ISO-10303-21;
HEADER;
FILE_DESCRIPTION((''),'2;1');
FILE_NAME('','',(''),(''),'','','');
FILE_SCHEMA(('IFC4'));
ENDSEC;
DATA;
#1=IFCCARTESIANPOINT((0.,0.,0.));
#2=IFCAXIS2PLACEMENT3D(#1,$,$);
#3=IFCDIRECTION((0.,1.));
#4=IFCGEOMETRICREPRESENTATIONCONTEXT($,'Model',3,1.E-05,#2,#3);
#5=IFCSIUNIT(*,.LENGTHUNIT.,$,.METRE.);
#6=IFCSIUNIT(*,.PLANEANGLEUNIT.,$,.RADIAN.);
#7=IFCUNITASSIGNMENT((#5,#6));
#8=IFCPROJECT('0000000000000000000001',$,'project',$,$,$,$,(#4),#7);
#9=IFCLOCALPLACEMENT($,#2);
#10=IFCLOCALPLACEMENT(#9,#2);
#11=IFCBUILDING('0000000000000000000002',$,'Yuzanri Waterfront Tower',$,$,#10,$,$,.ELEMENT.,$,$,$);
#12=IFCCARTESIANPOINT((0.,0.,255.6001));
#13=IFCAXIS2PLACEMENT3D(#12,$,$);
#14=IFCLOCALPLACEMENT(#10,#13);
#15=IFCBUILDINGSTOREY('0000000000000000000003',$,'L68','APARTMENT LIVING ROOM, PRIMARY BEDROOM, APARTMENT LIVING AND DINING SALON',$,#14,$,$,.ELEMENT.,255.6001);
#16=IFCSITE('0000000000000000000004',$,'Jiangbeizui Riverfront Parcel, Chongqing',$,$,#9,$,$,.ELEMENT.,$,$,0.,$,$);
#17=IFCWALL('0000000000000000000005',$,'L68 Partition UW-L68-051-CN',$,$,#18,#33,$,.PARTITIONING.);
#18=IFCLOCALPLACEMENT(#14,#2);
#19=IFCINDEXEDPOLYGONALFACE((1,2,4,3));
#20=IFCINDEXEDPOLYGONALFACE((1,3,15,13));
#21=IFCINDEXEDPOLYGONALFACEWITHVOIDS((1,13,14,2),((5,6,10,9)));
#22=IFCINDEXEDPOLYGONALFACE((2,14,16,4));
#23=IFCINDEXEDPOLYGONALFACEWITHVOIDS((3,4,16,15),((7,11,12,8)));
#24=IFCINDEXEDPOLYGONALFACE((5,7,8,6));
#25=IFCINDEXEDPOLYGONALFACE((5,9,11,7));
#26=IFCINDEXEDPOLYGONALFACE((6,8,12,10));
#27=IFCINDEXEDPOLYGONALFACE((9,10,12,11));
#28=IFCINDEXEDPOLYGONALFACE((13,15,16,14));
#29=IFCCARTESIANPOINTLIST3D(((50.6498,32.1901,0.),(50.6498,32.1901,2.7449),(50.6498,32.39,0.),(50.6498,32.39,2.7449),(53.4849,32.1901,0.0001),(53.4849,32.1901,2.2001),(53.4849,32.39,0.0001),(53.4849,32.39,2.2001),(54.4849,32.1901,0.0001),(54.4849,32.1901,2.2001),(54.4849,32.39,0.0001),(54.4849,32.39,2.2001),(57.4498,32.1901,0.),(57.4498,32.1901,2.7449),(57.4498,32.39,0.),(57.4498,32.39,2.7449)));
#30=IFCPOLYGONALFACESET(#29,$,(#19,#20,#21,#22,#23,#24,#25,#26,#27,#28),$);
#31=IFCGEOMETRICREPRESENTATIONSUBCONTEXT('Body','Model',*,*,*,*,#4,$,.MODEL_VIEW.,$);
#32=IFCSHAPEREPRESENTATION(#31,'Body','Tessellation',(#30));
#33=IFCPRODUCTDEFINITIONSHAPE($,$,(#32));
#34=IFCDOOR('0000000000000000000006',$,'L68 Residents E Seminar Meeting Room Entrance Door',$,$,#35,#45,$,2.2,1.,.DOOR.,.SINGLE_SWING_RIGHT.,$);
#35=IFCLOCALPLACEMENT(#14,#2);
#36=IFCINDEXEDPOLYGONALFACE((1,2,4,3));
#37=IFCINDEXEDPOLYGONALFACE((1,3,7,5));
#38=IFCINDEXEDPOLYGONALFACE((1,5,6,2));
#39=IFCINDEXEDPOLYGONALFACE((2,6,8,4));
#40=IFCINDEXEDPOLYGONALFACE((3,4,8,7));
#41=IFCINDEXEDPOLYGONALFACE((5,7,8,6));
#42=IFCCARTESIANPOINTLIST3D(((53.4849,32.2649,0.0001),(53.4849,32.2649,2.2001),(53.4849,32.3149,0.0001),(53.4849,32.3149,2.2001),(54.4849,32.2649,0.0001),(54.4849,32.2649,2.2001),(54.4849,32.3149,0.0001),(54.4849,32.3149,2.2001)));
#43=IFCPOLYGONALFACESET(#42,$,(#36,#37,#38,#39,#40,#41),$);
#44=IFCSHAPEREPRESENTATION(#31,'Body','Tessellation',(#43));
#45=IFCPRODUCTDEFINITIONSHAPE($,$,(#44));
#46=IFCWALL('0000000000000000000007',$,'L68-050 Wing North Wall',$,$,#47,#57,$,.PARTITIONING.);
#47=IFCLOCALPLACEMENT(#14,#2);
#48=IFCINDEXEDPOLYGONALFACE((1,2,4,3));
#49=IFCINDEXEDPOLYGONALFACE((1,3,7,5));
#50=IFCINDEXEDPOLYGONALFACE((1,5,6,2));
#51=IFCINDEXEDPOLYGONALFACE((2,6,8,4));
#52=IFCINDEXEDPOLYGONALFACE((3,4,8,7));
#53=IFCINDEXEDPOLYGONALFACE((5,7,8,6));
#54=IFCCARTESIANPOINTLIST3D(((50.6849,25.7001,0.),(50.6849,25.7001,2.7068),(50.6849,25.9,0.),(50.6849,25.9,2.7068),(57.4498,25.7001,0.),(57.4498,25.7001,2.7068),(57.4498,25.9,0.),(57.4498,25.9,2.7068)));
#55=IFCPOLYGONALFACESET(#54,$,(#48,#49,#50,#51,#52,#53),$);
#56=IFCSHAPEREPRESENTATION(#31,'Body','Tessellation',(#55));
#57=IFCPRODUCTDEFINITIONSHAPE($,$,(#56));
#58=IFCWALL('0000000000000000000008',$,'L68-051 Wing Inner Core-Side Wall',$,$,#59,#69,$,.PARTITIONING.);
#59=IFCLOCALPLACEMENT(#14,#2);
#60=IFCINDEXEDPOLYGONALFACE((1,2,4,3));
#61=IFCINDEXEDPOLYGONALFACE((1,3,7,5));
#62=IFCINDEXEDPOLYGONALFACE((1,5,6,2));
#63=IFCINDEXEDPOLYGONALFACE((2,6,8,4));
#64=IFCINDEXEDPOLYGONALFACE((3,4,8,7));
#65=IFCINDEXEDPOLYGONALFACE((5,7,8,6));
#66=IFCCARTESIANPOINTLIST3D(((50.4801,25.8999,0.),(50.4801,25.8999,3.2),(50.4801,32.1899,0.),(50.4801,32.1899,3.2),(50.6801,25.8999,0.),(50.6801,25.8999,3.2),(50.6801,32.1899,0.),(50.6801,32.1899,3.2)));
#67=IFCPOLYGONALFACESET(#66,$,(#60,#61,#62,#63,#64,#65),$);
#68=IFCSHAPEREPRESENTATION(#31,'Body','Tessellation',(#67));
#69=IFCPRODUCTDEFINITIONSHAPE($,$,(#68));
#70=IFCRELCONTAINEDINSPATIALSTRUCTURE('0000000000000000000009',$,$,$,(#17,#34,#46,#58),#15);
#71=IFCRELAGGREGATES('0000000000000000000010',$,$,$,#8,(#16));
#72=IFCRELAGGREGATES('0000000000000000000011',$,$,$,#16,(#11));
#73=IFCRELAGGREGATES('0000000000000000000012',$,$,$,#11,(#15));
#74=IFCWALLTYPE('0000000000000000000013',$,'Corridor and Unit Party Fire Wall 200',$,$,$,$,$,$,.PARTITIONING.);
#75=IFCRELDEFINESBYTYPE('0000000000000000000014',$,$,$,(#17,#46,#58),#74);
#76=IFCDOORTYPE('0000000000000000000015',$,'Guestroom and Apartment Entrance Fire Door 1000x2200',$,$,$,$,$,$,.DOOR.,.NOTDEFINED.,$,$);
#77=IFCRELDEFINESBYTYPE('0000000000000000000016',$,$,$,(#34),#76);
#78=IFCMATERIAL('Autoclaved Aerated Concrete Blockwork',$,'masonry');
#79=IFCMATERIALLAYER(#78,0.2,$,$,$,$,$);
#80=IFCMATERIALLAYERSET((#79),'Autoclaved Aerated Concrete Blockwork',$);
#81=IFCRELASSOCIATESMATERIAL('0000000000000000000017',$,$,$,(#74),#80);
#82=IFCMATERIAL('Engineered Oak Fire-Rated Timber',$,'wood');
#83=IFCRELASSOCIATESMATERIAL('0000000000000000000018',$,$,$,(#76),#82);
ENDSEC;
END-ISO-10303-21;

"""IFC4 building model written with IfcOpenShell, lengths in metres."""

from ifc_helpers import new_model, si_unit, direction, frame, frame_2d, origin, place, context, subcontext, project, spatial, rectangle, extrude, source, transform, mapped, material, layer, layer_set, type_object, element, fill, save


model = new_model("IFC4")

# Units and contexts
model_context = context("Model", 3, precision=1e-05, world=origin(), true_north=direction((0.0, 1.0)))
body_context = subcontext(model_context, "Body", "Model", "MODEL_VIEW")
ifc_project = project(units=[si_unit("LENGTHUNIT", "METRE"), si_unit("PLANEANGLEUNIT", "RADIAN")], contexts=[model_context])

# Site, building, storey
site_placement = place(None, origin())
site = spatial("IfcSite", under=ifc_project, at=site_placement, Name="Jiangbeizui Riverfront Parcel, Chongqing", CompositionType="ELEMENT", RefElevation=0.0)
building_placement = place(site_placement, origin())
building = spatial("IfcBuilding", under=site, at=building_placement, Name="Yuzanri Waterfront Tower", CompositionType="ELEMENT")
storey_placement = place(building_placement, frame((0.0, 0.0, 255.6001)))
storey = spatial("IfcBuildingStorey", under=building, at=storey_placement, Name="L68", Description="APARTMENT LIVING ROOM, PRIMARY BEDROOM, APARTMENT LIVING AND DINING SALON", CompositionType="ELEMENT", Elevation=255.6001)

# Wall, opening, door
ifc_material_1 = material(Name="Autoclaved Aerated Concrete Blockwork", Category="masonry")
ifc_layer_1 = layer(ifc_material_1, 0.2)
ifc_layer_set_1 = layer_set([ifc_layer_1], Name="Autoclaved Aerated Concrete Blockwork")
wall_type = type_object("IfcWallType", Name="Corridor and Unit Party Fire Wall 200", PredefinedType="PARTITIONING", material=ifc_layer_set_1)
wall_1_placement = place(storey_placement, frame((50.6499, 32.29, 0.0), z_axis=(0.0, 0.0, 1.0), x_axis=(1.0, 0.0, 0.0)))
wall_1 = element("IfcWall", 1, at=wall_1_placement, inside=storey, type_object=wall_type, Name="L68 Partition UW-L68-051-CN", PredefinedType="PARTITIONING", context=body_context, shape_type="SweptSolid", body=[
    extrude(rectangle(XDim=6.8, YDim=0.2, at=frame_2d((3.3999, 0.0))), origin(), (0.0, 0.0, 1.0), 2.7449),
])
opening_placement = place(wall_1_placement, frame((2.835, 0.0, 0.0)))
opening = element("IfcOpeningElement", 2, at=opening_placement, cuts=wall_1, PredefinedType="OPENING", context=body_context, shape_type="SweptSolid", body=[
    extrude(rectangle(XDim=1.0, YDim=2.2, at=frame_2d((0.5, 1.1001))), frame((0.0, 0.1147, 0.0), z_axis=(0.0, -1.0, 0.0), x_axis=(1.0, 0.0, 0.0)), (0.0, 0.0, 1.0), 0.2297),
])
ifc_material_2 = material(Name="Engineered Oak Fire-Rated Timber", Category="wood")
door_type = type_object("IfcDoorType", Name="Guestroom and Apartment Entrance Fire Door 1000x2200", OperationType="NOTDEFINED", PredefinedType="DOOR", material=ifc_material_2)
shared_shape_1 = source(origin(), body_context, "Body", "SweptSolid", [
    extrude(rectangle(XDim=1.0, YDim=2.2, at=frame_2d((0.5, 1.1001))), frame((0.0, 0.0249, 0.0), z_axis=(0.0, -1.0, 0.0), x_axis=(1.0, 0.0, 0.0)), (0.0, 0.0, 1.0), 0.05),
])
door_placement = place(opening_placement, origin())
door = element("IfcDoor", 3, at=door_placement, inside=storey, type_object=door_type, Name="L68 Residents E Seminar Meeting Room Entrance Door", OperationType="SINGLE_SWING_RIGHT", OverallHeight=2.2, OverallWidth=1.0, PredefinedType="DOOR", context=body_context, shape_type="MappedRepresentation", body=[
    mapped(shared_shape_1, transform((0.0, 0.0, 0.0), scale=1.0)),
])
fill(opening, door)

# Walls
shared_shape_2 = source(origin(), body_context, "Body", "SweptSolid", [
    extrude(rectangle(XDim=6.7649, YDim=0.2, at=frame_2d((3.3823, 0.0))), origin(), (0.0, 0.0, 1.0), 2.7068),
])
wall_2_placement = place(storey_placement, frame((50.6851, 25.8, 0.0), z_axis=(0.0, 0.0, 1.0), x_axis=(1.0, 0.0, 0.0)))
element("IfcWall", 4, at=wall_2_placement, inside=storey, type_object=wall_type, Name="L68-050 Wing North Wall", PredefinedType="PARTITIONING", context=body_context, shape_type="MappedRepresentation", body=[
    mapped(shared_shape_2, transform((0.0, 0.0, 0.0), scale=1.0)),
])
shared_shape_3 = source(origin(), body_context, "Body", "SweptSolid", [
    extrude(rectangle(XDim=6.29, YDim=0.2, at=frame_2d((3.145, 0.0))), origin(), (0.0, 0.0, 1.0), 3.2),
])
wall_3_placement = place(storey_placement, frame((50.5801, 25.8999, 0.0), z_axis=(0.0, 0.0, 1.0), x_axis=(0.0, 1.0, 0.0)))
element("IfcWall", 5, at=wall_3_placement, inside=storey, type_object=wall_type, Name="L68-051 Wing Inner Core-Side Wall", PredefinedType="PARTITIONING", context=body_context, shape_type="MappedRepresentation", body=[
    mapped(shared_shape_3, transform((0.0, 0.0, 0.0), scale=1.0)),
])

save(model, "model.ifc")
